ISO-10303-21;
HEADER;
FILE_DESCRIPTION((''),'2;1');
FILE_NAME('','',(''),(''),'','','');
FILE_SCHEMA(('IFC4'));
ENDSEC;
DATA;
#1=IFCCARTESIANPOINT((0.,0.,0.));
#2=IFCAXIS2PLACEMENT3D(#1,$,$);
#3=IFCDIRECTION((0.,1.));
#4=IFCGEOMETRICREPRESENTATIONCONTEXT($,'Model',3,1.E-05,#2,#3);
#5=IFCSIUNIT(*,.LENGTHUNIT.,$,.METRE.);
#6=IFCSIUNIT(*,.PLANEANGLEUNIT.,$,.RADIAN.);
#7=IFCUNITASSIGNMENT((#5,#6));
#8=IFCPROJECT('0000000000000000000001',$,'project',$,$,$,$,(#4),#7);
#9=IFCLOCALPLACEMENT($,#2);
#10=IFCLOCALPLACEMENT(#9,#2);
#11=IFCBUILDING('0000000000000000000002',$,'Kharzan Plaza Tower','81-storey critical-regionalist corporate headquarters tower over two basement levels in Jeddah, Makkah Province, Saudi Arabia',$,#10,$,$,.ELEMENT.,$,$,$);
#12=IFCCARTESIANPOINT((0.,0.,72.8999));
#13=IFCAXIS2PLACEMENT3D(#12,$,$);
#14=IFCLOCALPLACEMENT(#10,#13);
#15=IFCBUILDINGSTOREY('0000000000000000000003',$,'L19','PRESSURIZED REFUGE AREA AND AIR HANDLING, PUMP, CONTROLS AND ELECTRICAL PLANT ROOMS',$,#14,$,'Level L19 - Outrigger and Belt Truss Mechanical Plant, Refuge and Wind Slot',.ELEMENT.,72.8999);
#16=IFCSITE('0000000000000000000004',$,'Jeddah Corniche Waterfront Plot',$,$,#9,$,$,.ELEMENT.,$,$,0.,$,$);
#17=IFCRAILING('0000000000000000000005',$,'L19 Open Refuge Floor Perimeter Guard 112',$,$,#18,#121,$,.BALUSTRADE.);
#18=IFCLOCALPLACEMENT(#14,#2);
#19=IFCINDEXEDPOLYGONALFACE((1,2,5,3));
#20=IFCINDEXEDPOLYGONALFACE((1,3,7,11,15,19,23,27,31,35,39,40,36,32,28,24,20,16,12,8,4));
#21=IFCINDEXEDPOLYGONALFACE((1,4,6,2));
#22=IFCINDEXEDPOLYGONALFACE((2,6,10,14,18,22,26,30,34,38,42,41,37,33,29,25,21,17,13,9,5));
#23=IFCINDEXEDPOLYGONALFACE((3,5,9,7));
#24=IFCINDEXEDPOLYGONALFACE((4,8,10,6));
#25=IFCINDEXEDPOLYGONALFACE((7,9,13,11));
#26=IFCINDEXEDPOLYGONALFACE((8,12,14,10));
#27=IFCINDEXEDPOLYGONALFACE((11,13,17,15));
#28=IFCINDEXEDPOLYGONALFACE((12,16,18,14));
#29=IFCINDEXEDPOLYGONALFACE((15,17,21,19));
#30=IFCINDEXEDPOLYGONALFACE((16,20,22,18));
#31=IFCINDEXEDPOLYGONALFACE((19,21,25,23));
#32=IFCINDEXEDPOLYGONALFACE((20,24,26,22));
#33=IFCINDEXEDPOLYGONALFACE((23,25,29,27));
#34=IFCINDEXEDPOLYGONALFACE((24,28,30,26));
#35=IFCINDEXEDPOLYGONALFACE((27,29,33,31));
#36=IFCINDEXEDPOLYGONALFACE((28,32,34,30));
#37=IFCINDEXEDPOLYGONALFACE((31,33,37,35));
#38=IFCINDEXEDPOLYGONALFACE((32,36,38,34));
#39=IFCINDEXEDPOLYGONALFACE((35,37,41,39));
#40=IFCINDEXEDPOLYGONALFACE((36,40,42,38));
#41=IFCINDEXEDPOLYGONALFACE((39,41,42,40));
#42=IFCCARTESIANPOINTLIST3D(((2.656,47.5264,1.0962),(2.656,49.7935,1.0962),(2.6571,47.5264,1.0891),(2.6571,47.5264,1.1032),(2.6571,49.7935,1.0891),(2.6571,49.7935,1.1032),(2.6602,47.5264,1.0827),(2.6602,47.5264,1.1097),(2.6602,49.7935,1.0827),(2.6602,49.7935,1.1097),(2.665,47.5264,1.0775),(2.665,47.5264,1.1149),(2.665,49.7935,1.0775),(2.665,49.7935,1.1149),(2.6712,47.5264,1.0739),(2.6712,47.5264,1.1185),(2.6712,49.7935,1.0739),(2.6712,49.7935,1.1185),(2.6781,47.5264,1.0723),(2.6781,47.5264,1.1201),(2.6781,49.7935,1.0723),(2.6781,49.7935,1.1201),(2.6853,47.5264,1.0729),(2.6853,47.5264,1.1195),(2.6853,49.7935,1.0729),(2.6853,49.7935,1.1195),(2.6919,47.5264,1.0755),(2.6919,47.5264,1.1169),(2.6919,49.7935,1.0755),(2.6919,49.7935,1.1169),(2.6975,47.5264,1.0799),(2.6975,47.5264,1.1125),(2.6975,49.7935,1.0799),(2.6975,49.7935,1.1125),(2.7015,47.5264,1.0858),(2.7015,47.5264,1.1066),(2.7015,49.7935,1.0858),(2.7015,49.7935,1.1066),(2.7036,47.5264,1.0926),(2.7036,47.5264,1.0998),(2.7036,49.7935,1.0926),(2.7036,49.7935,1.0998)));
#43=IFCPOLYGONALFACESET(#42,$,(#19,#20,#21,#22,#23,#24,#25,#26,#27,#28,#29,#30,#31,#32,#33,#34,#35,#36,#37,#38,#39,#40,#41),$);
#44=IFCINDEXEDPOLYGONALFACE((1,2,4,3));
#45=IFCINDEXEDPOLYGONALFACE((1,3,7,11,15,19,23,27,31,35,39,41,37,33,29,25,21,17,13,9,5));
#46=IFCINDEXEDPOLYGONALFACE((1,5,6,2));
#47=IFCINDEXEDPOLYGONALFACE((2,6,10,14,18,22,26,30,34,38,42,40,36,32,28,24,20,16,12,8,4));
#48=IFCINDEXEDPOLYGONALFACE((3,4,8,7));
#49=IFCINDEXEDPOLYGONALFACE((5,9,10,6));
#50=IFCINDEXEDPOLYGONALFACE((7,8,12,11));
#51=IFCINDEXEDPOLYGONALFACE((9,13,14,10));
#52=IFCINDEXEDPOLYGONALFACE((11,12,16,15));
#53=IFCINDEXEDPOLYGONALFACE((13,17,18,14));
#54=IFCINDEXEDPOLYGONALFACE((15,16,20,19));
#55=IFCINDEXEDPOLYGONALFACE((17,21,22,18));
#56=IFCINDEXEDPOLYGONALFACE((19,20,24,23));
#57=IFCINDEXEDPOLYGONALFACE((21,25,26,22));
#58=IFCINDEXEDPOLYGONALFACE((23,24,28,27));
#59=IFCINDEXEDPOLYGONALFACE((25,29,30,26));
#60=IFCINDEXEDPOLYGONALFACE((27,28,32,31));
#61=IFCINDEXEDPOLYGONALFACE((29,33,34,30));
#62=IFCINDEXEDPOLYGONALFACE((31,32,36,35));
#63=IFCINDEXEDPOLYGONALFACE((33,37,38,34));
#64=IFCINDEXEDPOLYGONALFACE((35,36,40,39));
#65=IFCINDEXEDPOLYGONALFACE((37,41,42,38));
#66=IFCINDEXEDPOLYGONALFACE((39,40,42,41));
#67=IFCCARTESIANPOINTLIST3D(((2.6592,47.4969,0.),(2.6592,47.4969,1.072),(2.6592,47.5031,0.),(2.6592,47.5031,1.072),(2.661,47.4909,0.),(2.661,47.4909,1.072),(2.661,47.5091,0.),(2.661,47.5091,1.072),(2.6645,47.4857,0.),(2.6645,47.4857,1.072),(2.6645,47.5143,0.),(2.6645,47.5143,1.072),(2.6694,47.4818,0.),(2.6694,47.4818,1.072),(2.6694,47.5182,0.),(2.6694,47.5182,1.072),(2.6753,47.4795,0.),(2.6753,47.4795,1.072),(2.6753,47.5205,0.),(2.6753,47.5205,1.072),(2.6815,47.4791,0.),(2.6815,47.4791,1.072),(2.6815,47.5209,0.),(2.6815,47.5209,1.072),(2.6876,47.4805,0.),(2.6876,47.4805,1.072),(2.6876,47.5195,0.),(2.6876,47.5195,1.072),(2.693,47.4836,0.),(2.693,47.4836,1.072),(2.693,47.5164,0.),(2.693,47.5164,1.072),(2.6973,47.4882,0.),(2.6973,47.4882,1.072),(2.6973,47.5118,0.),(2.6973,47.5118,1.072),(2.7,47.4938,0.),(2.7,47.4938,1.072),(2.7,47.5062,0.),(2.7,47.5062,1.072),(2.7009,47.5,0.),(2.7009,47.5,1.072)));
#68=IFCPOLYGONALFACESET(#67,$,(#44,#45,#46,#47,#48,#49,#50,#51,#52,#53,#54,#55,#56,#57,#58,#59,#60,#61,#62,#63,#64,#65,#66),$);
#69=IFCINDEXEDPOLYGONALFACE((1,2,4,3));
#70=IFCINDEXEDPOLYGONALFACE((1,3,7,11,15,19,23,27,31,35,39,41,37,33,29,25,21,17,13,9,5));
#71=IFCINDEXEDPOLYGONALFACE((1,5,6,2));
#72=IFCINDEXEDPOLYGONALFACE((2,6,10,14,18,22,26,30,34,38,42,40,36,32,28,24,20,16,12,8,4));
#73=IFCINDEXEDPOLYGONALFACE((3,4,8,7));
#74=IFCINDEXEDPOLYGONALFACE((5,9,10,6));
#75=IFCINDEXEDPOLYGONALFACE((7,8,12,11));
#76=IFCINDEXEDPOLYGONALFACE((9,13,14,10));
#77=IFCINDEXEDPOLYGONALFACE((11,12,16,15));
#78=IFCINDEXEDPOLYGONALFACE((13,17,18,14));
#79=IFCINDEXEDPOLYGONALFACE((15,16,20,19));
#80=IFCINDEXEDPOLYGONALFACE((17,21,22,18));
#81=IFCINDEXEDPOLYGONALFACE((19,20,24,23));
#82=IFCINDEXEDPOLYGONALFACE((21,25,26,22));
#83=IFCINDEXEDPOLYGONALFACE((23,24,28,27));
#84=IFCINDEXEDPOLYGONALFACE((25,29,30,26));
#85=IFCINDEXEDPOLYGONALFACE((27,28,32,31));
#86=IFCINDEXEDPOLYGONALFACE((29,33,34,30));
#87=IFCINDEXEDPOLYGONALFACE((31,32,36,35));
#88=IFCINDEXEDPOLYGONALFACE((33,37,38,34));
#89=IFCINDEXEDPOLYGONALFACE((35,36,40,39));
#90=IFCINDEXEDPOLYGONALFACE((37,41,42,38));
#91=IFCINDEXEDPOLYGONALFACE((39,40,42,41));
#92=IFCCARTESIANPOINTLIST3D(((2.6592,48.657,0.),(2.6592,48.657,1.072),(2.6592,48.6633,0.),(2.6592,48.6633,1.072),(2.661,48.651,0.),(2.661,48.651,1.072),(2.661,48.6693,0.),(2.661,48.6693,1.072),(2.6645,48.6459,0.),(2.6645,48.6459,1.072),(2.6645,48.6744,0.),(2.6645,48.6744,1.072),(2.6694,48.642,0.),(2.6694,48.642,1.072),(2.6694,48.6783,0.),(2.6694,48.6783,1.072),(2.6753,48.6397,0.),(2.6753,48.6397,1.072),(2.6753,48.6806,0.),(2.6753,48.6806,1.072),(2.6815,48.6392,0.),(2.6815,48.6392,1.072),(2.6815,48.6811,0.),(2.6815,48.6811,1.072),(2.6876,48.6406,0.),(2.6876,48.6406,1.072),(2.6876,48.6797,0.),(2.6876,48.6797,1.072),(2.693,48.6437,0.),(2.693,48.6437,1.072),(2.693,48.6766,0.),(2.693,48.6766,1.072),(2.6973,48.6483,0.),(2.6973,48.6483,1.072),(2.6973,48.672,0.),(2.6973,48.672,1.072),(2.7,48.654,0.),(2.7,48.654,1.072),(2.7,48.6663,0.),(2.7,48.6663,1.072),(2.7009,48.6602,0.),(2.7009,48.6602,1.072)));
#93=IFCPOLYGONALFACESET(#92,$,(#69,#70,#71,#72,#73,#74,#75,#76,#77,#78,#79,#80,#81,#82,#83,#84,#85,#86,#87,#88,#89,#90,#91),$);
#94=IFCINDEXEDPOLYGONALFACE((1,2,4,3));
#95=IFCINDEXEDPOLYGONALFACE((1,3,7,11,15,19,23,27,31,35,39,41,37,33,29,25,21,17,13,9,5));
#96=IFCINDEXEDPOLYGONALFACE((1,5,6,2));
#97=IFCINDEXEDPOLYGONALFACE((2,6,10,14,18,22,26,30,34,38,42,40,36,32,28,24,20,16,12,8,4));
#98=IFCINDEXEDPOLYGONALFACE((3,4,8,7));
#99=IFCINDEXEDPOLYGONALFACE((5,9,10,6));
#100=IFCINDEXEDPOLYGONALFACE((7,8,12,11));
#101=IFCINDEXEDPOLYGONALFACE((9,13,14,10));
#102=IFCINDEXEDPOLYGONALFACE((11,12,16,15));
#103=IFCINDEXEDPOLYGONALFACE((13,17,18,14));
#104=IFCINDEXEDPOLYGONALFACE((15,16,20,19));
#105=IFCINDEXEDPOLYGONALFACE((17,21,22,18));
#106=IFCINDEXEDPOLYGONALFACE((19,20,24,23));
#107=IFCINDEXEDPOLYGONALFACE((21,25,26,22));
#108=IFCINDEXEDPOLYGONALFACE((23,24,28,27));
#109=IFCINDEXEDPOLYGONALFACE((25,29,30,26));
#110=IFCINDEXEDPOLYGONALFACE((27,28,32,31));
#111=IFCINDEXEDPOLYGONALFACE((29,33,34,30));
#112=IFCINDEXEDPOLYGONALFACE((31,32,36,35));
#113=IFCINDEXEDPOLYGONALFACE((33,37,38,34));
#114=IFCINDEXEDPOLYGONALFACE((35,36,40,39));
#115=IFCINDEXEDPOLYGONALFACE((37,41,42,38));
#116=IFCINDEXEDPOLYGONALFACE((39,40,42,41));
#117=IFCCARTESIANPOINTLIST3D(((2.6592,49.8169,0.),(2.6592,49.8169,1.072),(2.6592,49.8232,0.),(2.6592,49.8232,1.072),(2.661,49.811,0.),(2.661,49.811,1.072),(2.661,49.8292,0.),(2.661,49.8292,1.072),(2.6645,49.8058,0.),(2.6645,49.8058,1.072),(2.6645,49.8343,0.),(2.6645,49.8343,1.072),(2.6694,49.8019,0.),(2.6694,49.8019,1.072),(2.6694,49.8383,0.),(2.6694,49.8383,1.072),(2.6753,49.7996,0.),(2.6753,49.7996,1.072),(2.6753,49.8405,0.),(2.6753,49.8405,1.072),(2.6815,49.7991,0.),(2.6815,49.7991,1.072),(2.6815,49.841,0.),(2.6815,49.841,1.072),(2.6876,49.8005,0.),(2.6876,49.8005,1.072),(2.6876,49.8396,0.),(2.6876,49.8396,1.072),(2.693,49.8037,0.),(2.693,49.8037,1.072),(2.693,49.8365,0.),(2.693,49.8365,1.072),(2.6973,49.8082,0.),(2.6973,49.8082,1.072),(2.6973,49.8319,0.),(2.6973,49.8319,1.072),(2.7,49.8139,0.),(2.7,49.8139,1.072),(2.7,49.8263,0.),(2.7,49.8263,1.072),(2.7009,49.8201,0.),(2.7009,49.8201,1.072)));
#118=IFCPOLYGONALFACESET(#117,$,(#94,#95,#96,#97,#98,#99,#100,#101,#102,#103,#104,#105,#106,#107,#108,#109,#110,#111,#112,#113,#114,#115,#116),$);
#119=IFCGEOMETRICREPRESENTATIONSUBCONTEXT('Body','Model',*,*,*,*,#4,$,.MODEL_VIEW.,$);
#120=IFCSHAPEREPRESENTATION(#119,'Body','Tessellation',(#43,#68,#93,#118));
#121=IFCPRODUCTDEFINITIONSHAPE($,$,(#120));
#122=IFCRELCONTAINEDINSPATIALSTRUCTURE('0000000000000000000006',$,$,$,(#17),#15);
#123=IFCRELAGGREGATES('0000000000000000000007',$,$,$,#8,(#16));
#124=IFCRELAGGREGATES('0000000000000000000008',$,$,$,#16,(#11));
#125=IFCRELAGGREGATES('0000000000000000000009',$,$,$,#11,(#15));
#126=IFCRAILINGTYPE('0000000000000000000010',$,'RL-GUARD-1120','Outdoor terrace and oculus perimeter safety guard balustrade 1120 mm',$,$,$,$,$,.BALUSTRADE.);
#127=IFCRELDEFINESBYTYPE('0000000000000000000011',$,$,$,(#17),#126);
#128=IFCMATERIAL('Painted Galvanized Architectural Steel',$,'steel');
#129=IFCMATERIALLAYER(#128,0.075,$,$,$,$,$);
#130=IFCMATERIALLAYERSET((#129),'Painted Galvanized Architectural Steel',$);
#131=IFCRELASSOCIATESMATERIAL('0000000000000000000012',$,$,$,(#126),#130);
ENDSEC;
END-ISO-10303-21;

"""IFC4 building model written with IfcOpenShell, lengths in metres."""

from ifc_helpers import new_model, si_unit, direction, frame, origin, origin_2d, place, context, subcontext, project, spatial, circle, extrude, source, transform, mapped, material, layer, layer_set, type_object, element, save


model = new_model("IFC4")

# Units and contexts
model_context = context("Model", 3, precision=1e-05, world=origin(), true_north=direction((0.0, 1.0)))
body_context = subcontext(model_context, "Body", "Model", "MODEL_VIEW")
ifc_project = project(units=[si_unit("LENGTHUNIT", "METRE"), si_unit("PLANEANGLEUNIT", "RADIAN")], contexts=[model_context])

# Site, building, storey
site_placement = place(None, origin())
site = spatial("IfcSite", under=ifc_project, at=site_placement, Name="Jeddah Corniche Waterfront Plot", CompositionType="ELEMENT", RefElevation=0.0)
building_placement = place(site_placement, origin())
building = spatial("IfcBuilding", under=site, at=building_placement, Name="Kharzan Plaza Tower", Description="81-storey critical-regionalist corporate headquarters tower over two basement levels in Jeddah, Makkah Province, Saudi Arabia", CompositionType="ELEMENT")
storey_placement = place(building_placement, frame((0.0, 0.0, 72.8999)))
storey = spatial("IfcBuildingStorey", under=building, at=storey_placement, Name="L19", Description="PRESSURIZED REFUGE AREA AND AIR HANDLING, PUMP, CONTROLS AND ELECTRICAL PLANT ROOMS", LongName="Level L19 - Outrigger and Belt Truss Mechanical Plant, Refuge and Wind Slot", CompositionType="ELEMENT", Elevation=72.8999)

# Railing
ifc_material_1 = material(Name="Painted Galvanized Architectural Steel", Category="steel")
ifc_layer = layer(ifc_material_1, 0.075)
ifc_layer_set = layer_set([ifc_layer], Name="Painted Galvanized Architectural Steel")
railing_type = type_object("IfcRailingType", Name="RL-GUARD-1120", Description="Outdoor terrace and oculus perimeter safety guard balustrade 1120 mm", PredefinedType="BALUSTRADE", material=ifc_layer_set)
shared_shape_1 = source(origin(), body_context, "Body", "SweptSolid", [
    extrude(circle(Radius=0.0239, at=origin_2d()), frame((0.0, 0.0264, 1.0962), z_axis=(0.0, 1.0, 0.0), x_axis=(-1.0, 0.0, 0.0)), (0.0, 0.0, 1.0), 2.2671),
    extrude(circle(Radius=0.021, at=origin_2d()), origin(), (0.0, 0.0, 1.0), 1.072),
    extrude(circle(Radius=0.021, at=origin_2d()), frame((0.0, 1.1602, 0.0)), (0.0, 0.0, 1.0), 1.072),
    extrude(circle(Radius=0.021, at=origin_2d()), frame((0.0, 2.3201, 0.0)), (0.0, 0.0, 1.0), 1.072),
])
railing_1_placement = place(storey_placement, frame((2.6799, 47.5, 0.0)))
element("IfcRailing", 1, at=railing_1_placement, inside=storey, type_object=railing_type, Name="L19 Open Refuge Floor Perimeter Guard 112", PredefinedType="BALUSTRADE", context=body_context, shape_type="MappedRepresentation", body=[
    mapped(shared_shape_1, transform((0.0, 0.0, 0.0), x_axis=(1.0, 0.0, 0.0), y_axis=(0.0, 1.0, 0.0), z_axis=(0.0, 0.0, 1.0))),
])

save(model, "model.ifc")
